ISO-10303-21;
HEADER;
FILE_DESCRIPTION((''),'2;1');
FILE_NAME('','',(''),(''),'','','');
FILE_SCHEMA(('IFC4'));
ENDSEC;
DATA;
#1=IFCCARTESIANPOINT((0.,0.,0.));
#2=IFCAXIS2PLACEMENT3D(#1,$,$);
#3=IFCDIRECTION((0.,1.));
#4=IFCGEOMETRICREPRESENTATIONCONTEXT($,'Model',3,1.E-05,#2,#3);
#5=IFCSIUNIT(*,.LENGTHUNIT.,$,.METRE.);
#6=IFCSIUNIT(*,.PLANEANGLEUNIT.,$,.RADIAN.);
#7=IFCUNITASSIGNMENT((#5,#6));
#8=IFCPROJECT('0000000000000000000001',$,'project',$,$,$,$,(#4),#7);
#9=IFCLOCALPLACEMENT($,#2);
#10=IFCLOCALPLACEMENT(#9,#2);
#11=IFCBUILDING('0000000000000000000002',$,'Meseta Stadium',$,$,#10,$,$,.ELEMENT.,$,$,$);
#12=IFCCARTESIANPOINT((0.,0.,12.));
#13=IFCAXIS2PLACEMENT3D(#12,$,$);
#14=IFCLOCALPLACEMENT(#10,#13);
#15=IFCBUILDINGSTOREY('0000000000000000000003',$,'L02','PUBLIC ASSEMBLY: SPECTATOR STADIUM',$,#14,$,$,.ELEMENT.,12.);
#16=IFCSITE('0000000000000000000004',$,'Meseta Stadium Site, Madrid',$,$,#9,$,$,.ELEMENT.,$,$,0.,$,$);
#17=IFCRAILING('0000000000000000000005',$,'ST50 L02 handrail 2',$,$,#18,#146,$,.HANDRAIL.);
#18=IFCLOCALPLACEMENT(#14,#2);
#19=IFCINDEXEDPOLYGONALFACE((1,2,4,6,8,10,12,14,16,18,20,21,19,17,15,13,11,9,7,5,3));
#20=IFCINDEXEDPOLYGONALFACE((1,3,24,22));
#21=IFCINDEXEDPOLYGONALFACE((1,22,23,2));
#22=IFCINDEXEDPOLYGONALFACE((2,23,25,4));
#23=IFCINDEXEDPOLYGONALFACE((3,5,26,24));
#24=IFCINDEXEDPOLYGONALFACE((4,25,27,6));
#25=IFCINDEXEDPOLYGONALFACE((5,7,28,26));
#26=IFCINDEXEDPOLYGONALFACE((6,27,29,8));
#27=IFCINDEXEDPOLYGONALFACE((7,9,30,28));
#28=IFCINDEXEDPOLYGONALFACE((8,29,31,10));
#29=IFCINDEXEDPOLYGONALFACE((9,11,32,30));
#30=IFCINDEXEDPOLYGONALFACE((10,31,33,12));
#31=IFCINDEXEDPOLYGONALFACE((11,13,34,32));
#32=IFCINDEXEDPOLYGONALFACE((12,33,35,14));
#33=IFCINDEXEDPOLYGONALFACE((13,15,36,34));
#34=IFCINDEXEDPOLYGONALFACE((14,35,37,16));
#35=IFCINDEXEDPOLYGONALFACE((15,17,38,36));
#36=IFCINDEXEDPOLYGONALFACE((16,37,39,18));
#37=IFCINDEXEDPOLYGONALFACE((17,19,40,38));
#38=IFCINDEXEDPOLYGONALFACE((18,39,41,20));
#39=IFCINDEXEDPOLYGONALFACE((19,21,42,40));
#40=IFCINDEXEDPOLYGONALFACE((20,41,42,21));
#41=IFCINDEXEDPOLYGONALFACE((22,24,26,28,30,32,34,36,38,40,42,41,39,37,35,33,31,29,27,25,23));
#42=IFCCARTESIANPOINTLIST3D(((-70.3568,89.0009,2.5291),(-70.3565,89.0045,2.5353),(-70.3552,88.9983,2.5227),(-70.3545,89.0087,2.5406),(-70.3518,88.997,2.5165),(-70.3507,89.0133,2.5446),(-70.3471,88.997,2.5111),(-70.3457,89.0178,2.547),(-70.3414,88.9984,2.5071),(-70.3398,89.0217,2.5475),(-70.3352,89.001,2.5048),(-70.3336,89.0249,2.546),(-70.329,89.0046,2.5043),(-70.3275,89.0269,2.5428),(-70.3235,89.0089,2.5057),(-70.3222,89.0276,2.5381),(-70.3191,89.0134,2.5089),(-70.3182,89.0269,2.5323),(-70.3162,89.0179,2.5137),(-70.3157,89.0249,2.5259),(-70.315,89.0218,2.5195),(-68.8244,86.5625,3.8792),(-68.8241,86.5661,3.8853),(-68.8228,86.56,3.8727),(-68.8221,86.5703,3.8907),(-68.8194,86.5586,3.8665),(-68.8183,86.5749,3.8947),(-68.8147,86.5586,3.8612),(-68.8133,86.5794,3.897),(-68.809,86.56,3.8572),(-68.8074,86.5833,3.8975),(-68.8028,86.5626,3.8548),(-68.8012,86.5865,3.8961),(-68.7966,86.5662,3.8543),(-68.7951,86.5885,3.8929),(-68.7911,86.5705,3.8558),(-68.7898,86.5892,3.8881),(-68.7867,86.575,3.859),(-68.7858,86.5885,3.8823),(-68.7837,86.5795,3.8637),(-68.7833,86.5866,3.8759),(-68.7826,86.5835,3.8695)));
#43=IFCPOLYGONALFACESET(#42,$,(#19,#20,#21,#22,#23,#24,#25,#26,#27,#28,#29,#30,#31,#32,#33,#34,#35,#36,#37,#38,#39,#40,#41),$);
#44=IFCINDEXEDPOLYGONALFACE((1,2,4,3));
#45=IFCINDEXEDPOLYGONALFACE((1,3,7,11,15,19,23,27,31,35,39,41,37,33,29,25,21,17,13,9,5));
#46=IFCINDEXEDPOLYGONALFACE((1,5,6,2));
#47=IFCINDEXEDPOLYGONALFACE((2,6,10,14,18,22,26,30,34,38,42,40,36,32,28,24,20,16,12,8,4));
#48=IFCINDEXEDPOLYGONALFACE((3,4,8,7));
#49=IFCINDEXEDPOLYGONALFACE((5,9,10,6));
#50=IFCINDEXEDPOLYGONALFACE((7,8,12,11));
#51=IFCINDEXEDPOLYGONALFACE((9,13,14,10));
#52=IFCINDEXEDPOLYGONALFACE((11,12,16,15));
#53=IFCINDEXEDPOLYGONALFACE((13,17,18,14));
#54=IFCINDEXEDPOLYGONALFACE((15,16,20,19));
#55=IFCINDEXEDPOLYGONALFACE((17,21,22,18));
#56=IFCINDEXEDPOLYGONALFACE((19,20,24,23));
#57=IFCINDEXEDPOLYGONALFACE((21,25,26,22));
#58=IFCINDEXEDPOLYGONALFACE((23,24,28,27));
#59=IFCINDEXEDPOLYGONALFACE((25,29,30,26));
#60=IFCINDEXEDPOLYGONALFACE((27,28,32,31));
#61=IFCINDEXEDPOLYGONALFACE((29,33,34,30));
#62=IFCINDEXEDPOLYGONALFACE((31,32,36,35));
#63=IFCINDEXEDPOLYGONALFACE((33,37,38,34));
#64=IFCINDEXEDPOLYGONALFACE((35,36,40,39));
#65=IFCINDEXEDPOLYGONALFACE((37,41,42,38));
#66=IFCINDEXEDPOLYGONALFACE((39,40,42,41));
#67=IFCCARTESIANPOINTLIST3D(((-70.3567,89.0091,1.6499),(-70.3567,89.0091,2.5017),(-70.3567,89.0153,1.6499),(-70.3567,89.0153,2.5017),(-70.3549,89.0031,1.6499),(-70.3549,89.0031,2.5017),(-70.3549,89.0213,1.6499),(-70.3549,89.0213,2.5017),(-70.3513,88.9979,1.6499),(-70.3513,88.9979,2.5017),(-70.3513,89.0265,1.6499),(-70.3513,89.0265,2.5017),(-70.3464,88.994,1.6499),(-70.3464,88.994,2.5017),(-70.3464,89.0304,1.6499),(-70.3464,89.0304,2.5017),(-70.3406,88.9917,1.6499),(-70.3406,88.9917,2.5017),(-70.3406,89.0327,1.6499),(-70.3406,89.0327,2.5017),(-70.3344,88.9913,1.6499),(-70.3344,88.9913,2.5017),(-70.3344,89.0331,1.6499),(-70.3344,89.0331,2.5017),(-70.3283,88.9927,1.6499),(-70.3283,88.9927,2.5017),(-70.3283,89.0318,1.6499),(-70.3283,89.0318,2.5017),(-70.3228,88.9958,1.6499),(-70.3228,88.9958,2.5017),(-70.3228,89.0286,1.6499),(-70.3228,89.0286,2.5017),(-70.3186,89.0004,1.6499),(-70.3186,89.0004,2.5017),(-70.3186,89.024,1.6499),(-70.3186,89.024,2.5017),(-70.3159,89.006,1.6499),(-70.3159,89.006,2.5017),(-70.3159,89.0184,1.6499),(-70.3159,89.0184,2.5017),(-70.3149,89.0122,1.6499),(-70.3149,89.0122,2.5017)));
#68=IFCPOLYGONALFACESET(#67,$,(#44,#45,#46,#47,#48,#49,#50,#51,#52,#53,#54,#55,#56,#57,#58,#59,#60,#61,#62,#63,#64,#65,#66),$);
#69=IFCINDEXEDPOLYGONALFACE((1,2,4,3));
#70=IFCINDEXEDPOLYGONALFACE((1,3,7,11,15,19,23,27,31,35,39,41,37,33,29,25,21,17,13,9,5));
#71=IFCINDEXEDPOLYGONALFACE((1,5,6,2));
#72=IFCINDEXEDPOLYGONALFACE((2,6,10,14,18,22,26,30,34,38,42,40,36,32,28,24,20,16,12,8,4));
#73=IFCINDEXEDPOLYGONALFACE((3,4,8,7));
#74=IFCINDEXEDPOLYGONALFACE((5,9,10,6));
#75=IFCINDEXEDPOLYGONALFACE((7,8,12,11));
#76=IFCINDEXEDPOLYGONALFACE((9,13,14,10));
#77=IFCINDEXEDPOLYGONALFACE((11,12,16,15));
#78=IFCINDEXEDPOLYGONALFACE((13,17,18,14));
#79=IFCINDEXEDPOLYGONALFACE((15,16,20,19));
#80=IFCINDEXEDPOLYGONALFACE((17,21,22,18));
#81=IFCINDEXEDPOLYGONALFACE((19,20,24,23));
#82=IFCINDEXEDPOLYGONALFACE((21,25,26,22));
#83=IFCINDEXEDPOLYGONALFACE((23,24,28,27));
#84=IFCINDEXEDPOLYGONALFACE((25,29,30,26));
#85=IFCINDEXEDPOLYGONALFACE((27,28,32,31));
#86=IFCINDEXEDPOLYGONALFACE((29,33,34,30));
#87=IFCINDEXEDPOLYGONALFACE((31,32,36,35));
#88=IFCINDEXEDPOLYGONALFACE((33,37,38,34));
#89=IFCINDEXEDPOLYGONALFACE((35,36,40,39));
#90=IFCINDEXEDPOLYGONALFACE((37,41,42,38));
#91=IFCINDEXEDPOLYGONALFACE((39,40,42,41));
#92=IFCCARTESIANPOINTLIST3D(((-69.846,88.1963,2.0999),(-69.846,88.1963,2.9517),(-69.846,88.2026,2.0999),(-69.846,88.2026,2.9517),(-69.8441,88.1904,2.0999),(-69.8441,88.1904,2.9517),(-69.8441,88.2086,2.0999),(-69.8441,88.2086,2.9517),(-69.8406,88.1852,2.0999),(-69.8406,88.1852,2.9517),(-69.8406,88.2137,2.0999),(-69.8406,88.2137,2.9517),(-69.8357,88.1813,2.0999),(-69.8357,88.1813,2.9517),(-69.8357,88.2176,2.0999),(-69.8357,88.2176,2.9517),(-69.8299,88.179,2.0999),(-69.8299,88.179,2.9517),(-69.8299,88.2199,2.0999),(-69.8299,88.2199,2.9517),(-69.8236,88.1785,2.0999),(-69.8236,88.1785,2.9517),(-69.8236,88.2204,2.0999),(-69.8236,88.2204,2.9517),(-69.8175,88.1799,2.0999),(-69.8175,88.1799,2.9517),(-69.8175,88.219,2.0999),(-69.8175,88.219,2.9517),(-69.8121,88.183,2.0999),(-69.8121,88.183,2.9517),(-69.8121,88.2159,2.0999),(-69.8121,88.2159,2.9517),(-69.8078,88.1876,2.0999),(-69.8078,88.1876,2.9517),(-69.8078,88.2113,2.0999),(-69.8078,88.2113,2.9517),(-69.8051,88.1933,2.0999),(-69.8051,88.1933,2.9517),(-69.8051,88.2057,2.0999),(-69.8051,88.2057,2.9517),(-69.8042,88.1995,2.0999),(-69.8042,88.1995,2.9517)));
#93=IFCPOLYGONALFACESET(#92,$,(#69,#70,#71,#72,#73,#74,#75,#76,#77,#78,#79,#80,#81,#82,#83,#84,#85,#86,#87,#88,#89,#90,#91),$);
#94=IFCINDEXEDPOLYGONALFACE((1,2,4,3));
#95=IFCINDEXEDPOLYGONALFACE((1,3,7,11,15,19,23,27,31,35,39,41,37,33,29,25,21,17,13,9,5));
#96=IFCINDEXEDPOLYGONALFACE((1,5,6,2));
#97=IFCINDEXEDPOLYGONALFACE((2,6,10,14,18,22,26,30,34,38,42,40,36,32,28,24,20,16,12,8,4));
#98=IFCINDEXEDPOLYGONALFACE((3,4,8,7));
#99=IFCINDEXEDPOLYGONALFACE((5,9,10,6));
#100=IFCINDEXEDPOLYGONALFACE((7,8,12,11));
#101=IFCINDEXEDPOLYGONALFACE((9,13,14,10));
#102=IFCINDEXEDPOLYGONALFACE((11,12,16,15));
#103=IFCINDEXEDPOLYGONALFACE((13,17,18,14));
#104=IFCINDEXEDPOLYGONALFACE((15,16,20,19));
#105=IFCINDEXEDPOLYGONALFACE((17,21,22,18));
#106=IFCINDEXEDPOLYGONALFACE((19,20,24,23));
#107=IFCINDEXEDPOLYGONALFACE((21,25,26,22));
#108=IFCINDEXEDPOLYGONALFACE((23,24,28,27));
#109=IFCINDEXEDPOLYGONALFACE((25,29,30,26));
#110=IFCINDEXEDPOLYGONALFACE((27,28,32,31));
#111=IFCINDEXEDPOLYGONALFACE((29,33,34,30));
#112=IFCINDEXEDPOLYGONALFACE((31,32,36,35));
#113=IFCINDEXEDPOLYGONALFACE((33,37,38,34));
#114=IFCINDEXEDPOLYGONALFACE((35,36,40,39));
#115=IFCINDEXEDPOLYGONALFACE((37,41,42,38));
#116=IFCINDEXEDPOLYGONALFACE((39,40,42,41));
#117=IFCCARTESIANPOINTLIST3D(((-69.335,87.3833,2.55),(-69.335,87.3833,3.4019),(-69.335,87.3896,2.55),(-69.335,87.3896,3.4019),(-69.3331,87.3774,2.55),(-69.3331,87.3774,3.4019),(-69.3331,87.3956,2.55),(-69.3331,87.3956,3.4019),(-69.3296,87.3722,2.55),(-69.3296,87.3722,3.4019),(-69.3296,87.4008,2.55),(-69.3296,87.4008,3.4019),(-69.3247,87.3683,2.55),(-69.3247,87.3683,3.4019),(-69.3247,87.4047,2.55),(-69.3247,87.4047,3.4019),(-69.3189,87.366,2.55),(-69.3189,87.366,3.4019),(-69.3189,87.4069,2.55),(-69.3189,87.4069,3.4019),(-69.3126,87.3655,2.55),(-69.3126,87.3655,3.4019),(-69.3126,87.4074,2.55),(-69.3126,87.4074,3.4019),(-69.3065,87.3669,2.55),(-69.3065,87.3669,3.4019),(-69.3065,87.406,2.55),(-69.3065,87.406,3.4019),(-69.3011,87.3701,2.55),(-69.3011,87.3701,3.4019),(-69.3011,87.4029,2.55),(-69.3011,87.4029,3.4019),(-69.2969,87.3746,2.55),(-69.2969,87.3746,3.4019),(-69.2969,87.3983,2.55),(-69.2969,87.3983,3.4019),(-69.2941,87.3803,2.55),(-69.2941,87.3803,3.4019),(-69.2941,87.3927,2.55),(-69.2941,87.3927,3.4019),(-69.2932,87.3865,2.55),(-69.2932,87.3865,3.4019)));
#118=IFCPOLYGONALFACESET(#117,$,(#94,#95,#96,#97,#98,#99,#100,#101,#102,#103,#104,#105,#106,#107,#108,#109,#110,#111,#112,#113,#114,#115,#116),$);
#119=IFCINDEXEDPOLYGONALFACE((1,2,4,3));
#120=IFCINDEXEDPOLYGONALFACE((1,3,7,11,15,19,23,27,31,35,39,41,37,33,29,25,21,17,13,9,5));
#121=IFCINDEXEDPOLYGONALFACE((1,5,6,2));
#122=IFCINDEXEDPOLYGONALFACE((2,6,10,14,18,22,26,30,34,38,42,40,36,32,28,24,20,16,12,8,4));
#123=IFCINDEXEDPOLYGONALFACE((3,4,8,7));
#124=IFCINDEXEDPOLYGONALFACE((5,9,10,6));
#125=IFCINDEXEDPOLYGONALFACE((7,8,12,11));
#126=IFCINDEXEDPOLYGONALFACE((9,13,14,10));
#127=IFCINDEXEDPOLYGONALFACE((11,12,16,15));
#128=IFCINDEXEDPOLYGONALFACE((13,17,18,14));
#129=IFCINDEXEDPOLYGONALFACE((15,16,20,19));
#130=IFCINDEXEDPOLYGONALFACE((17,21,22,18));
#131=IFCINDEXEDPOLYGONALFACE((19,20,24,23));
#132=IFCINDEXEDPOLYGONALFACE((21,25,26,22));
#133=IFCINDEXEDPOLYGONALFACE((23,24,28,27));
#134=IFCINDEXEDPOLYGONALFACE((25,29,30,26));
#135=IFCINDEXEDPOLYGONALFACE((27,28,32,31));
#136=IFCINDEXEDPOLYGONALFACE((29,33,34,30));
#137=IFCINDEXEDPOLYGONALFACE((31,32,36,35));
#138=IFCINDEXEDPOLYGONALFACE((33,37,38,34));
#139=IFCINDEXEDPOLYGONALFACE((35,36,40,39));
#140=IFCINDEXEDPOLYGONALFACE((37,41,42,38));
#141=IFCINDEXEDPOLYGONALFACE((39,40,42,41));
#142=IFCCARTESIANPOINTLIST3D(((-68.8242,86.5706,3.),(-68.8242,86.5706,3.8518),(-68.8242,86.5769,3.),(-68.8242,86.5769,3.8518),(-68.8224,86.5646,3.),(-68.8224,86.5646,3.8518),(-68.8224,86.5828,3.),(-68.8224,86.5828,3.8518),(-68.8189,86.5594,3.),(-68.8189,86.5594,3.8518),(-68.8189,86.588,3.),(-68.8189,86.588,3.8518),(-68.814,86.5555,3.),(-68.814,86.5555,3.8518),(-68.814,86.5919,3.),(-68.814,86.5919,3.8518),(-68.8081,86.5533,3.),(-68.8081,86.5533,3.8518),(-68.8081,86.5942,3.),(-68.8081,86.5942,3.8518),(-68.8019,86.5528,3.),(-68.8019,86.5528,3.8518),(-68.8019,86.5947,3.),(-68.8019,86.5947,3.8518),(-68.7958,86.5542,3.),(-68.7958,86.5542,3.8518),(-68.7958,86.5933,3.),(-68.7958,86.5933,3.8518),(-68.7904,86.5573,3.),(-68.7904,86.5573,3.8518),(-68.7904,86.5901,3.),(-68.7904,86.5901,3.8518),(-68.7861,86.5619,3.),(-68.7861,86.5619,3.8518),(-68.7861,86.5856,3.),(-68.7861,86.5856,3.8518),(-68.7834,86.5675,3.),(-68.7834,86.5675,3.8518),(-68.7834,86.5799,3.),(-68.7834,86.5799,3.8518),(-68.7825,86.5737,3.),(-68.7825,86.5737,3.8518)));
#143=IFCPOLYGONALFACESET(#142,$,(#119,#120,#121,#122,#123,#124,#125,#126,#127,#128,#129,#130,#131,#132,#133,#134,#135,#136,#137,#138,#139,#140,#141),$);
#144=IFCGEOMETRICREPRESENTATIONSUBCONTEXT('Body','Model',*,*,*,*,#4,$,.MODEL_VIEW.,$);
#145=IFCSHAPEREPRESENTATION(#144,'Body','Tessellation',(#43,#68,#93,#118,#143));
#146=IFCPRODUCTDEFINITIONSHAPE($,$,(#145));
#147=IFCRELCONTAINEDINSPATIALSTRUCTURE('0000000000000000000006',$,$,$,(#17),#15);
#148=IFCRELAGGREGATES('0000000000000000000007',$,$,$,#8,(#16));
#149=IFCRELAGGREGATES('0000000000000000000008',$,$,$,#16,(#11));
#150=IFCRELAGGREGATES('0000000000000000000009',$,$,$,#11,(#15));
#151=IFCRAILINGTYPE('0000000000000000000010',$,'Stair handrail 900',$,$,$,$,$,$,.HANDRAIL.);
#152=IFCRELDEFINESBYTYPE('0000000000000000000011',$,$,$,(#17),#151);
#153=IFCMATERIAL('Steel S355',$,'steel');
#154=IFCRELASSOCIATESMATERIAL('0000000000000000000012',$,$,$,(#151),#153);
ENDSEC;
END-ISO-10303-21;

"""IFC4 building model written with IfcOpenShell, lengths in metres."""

from ifc_helpers import new_model, si_unit, direction, frame, origin, origin_2d, place, context, subcontext, project, spatial, circle, extrude, material, type_object, element, save


model = new_model("IFC4")

# Units and contexts
model_context = context("Model", 3, precision=1e-05, world=origin(), true_north=direction((0.0, 1.0)))
body_context = subcontext(model_context, "Body", "Model", "MODEL_VIEW")
ifc_project = project(units=[si_unit("LENGTHUNIT", "METRE"), si_unit("PLANEANGLEUNIT", "RADIAN")], contexts=[model_context])

# Site, building, storey
site_placement = place(None, origin())
site = spatial("IfcSite", under=ifc_project, at=site_placement, Name="Meseta Stadium Site, Madrid", CompositionType="ELEMENT", RefElevation=0.0)
building_placement = place(site_placement, origin())
building = spatial("IfcBuilding", under=site, at=building_placement, Name="Meseta Stadium", CompositionType="ELEMENT")
storey_placement = place(building_placement, frame((0.0, 0.0, 12.0)))
storey = spatial("IfcBuildingStorey", under=building, at=storey_placement, Name="L02", Description="PUBLIC ASSEMBLY: SPECTATOR STADIUM", CompositionType="ELEMENT", Elevation=12.0)

# Railing
ifc_material_1 = material(Name="Steel S355", Category="steel")
railing_type_1 = type_object("IfcRailingType", Name="Stair handrail 900", PredefinedType="HANDRAIL", material=ifc_material_1)
for number, where, name in (
    (1, (-70.3359, 89.0122, 1.6499), "ST50 L02 handrail 2"),
):
    element("IfcRailing", number, at=place(storey_placement, frame(where)), inside=storey, type_object=railing_type_1, Name=name, PredefinedType="HANDRAIL", context=body_context, shape_type="SweptSolid", body=[
        extrude(circle(Radius=0.0239, at=origin_2d()), frame((0.0, 0.0, 0.876), z_axis=(0.48179, -0.766627, 0.424454), x_axis=(0.846681, 0.5321, 0.0)), (0.0, 0.0, 1.0), 3.1807),
        extrude(circle(Radius=0.021, at=origin_2d()), origin(), (0.0, 0.0, 1.0), 0.8518),
        extrude(circle(Radius=0.021, at=origin_2d()), frame((0.5107, -0.8127, 0.45)), (0.0, 0.0, 1.0), 0.8518),
        extrude(circle(Radius=0.021, at=origin_2d()), frame((1.0217, -1.6257, 0.9001)), (0.0, 0.0, 1.0), 0.8518),
        extrude(circle(Radius=0.021, at=origin_2d()), frame((1.5325, -2.4385, 1.3501)), (0.0, 0.0, 1.0), 0.8518),
    ])

save(model, "model.ifc")
